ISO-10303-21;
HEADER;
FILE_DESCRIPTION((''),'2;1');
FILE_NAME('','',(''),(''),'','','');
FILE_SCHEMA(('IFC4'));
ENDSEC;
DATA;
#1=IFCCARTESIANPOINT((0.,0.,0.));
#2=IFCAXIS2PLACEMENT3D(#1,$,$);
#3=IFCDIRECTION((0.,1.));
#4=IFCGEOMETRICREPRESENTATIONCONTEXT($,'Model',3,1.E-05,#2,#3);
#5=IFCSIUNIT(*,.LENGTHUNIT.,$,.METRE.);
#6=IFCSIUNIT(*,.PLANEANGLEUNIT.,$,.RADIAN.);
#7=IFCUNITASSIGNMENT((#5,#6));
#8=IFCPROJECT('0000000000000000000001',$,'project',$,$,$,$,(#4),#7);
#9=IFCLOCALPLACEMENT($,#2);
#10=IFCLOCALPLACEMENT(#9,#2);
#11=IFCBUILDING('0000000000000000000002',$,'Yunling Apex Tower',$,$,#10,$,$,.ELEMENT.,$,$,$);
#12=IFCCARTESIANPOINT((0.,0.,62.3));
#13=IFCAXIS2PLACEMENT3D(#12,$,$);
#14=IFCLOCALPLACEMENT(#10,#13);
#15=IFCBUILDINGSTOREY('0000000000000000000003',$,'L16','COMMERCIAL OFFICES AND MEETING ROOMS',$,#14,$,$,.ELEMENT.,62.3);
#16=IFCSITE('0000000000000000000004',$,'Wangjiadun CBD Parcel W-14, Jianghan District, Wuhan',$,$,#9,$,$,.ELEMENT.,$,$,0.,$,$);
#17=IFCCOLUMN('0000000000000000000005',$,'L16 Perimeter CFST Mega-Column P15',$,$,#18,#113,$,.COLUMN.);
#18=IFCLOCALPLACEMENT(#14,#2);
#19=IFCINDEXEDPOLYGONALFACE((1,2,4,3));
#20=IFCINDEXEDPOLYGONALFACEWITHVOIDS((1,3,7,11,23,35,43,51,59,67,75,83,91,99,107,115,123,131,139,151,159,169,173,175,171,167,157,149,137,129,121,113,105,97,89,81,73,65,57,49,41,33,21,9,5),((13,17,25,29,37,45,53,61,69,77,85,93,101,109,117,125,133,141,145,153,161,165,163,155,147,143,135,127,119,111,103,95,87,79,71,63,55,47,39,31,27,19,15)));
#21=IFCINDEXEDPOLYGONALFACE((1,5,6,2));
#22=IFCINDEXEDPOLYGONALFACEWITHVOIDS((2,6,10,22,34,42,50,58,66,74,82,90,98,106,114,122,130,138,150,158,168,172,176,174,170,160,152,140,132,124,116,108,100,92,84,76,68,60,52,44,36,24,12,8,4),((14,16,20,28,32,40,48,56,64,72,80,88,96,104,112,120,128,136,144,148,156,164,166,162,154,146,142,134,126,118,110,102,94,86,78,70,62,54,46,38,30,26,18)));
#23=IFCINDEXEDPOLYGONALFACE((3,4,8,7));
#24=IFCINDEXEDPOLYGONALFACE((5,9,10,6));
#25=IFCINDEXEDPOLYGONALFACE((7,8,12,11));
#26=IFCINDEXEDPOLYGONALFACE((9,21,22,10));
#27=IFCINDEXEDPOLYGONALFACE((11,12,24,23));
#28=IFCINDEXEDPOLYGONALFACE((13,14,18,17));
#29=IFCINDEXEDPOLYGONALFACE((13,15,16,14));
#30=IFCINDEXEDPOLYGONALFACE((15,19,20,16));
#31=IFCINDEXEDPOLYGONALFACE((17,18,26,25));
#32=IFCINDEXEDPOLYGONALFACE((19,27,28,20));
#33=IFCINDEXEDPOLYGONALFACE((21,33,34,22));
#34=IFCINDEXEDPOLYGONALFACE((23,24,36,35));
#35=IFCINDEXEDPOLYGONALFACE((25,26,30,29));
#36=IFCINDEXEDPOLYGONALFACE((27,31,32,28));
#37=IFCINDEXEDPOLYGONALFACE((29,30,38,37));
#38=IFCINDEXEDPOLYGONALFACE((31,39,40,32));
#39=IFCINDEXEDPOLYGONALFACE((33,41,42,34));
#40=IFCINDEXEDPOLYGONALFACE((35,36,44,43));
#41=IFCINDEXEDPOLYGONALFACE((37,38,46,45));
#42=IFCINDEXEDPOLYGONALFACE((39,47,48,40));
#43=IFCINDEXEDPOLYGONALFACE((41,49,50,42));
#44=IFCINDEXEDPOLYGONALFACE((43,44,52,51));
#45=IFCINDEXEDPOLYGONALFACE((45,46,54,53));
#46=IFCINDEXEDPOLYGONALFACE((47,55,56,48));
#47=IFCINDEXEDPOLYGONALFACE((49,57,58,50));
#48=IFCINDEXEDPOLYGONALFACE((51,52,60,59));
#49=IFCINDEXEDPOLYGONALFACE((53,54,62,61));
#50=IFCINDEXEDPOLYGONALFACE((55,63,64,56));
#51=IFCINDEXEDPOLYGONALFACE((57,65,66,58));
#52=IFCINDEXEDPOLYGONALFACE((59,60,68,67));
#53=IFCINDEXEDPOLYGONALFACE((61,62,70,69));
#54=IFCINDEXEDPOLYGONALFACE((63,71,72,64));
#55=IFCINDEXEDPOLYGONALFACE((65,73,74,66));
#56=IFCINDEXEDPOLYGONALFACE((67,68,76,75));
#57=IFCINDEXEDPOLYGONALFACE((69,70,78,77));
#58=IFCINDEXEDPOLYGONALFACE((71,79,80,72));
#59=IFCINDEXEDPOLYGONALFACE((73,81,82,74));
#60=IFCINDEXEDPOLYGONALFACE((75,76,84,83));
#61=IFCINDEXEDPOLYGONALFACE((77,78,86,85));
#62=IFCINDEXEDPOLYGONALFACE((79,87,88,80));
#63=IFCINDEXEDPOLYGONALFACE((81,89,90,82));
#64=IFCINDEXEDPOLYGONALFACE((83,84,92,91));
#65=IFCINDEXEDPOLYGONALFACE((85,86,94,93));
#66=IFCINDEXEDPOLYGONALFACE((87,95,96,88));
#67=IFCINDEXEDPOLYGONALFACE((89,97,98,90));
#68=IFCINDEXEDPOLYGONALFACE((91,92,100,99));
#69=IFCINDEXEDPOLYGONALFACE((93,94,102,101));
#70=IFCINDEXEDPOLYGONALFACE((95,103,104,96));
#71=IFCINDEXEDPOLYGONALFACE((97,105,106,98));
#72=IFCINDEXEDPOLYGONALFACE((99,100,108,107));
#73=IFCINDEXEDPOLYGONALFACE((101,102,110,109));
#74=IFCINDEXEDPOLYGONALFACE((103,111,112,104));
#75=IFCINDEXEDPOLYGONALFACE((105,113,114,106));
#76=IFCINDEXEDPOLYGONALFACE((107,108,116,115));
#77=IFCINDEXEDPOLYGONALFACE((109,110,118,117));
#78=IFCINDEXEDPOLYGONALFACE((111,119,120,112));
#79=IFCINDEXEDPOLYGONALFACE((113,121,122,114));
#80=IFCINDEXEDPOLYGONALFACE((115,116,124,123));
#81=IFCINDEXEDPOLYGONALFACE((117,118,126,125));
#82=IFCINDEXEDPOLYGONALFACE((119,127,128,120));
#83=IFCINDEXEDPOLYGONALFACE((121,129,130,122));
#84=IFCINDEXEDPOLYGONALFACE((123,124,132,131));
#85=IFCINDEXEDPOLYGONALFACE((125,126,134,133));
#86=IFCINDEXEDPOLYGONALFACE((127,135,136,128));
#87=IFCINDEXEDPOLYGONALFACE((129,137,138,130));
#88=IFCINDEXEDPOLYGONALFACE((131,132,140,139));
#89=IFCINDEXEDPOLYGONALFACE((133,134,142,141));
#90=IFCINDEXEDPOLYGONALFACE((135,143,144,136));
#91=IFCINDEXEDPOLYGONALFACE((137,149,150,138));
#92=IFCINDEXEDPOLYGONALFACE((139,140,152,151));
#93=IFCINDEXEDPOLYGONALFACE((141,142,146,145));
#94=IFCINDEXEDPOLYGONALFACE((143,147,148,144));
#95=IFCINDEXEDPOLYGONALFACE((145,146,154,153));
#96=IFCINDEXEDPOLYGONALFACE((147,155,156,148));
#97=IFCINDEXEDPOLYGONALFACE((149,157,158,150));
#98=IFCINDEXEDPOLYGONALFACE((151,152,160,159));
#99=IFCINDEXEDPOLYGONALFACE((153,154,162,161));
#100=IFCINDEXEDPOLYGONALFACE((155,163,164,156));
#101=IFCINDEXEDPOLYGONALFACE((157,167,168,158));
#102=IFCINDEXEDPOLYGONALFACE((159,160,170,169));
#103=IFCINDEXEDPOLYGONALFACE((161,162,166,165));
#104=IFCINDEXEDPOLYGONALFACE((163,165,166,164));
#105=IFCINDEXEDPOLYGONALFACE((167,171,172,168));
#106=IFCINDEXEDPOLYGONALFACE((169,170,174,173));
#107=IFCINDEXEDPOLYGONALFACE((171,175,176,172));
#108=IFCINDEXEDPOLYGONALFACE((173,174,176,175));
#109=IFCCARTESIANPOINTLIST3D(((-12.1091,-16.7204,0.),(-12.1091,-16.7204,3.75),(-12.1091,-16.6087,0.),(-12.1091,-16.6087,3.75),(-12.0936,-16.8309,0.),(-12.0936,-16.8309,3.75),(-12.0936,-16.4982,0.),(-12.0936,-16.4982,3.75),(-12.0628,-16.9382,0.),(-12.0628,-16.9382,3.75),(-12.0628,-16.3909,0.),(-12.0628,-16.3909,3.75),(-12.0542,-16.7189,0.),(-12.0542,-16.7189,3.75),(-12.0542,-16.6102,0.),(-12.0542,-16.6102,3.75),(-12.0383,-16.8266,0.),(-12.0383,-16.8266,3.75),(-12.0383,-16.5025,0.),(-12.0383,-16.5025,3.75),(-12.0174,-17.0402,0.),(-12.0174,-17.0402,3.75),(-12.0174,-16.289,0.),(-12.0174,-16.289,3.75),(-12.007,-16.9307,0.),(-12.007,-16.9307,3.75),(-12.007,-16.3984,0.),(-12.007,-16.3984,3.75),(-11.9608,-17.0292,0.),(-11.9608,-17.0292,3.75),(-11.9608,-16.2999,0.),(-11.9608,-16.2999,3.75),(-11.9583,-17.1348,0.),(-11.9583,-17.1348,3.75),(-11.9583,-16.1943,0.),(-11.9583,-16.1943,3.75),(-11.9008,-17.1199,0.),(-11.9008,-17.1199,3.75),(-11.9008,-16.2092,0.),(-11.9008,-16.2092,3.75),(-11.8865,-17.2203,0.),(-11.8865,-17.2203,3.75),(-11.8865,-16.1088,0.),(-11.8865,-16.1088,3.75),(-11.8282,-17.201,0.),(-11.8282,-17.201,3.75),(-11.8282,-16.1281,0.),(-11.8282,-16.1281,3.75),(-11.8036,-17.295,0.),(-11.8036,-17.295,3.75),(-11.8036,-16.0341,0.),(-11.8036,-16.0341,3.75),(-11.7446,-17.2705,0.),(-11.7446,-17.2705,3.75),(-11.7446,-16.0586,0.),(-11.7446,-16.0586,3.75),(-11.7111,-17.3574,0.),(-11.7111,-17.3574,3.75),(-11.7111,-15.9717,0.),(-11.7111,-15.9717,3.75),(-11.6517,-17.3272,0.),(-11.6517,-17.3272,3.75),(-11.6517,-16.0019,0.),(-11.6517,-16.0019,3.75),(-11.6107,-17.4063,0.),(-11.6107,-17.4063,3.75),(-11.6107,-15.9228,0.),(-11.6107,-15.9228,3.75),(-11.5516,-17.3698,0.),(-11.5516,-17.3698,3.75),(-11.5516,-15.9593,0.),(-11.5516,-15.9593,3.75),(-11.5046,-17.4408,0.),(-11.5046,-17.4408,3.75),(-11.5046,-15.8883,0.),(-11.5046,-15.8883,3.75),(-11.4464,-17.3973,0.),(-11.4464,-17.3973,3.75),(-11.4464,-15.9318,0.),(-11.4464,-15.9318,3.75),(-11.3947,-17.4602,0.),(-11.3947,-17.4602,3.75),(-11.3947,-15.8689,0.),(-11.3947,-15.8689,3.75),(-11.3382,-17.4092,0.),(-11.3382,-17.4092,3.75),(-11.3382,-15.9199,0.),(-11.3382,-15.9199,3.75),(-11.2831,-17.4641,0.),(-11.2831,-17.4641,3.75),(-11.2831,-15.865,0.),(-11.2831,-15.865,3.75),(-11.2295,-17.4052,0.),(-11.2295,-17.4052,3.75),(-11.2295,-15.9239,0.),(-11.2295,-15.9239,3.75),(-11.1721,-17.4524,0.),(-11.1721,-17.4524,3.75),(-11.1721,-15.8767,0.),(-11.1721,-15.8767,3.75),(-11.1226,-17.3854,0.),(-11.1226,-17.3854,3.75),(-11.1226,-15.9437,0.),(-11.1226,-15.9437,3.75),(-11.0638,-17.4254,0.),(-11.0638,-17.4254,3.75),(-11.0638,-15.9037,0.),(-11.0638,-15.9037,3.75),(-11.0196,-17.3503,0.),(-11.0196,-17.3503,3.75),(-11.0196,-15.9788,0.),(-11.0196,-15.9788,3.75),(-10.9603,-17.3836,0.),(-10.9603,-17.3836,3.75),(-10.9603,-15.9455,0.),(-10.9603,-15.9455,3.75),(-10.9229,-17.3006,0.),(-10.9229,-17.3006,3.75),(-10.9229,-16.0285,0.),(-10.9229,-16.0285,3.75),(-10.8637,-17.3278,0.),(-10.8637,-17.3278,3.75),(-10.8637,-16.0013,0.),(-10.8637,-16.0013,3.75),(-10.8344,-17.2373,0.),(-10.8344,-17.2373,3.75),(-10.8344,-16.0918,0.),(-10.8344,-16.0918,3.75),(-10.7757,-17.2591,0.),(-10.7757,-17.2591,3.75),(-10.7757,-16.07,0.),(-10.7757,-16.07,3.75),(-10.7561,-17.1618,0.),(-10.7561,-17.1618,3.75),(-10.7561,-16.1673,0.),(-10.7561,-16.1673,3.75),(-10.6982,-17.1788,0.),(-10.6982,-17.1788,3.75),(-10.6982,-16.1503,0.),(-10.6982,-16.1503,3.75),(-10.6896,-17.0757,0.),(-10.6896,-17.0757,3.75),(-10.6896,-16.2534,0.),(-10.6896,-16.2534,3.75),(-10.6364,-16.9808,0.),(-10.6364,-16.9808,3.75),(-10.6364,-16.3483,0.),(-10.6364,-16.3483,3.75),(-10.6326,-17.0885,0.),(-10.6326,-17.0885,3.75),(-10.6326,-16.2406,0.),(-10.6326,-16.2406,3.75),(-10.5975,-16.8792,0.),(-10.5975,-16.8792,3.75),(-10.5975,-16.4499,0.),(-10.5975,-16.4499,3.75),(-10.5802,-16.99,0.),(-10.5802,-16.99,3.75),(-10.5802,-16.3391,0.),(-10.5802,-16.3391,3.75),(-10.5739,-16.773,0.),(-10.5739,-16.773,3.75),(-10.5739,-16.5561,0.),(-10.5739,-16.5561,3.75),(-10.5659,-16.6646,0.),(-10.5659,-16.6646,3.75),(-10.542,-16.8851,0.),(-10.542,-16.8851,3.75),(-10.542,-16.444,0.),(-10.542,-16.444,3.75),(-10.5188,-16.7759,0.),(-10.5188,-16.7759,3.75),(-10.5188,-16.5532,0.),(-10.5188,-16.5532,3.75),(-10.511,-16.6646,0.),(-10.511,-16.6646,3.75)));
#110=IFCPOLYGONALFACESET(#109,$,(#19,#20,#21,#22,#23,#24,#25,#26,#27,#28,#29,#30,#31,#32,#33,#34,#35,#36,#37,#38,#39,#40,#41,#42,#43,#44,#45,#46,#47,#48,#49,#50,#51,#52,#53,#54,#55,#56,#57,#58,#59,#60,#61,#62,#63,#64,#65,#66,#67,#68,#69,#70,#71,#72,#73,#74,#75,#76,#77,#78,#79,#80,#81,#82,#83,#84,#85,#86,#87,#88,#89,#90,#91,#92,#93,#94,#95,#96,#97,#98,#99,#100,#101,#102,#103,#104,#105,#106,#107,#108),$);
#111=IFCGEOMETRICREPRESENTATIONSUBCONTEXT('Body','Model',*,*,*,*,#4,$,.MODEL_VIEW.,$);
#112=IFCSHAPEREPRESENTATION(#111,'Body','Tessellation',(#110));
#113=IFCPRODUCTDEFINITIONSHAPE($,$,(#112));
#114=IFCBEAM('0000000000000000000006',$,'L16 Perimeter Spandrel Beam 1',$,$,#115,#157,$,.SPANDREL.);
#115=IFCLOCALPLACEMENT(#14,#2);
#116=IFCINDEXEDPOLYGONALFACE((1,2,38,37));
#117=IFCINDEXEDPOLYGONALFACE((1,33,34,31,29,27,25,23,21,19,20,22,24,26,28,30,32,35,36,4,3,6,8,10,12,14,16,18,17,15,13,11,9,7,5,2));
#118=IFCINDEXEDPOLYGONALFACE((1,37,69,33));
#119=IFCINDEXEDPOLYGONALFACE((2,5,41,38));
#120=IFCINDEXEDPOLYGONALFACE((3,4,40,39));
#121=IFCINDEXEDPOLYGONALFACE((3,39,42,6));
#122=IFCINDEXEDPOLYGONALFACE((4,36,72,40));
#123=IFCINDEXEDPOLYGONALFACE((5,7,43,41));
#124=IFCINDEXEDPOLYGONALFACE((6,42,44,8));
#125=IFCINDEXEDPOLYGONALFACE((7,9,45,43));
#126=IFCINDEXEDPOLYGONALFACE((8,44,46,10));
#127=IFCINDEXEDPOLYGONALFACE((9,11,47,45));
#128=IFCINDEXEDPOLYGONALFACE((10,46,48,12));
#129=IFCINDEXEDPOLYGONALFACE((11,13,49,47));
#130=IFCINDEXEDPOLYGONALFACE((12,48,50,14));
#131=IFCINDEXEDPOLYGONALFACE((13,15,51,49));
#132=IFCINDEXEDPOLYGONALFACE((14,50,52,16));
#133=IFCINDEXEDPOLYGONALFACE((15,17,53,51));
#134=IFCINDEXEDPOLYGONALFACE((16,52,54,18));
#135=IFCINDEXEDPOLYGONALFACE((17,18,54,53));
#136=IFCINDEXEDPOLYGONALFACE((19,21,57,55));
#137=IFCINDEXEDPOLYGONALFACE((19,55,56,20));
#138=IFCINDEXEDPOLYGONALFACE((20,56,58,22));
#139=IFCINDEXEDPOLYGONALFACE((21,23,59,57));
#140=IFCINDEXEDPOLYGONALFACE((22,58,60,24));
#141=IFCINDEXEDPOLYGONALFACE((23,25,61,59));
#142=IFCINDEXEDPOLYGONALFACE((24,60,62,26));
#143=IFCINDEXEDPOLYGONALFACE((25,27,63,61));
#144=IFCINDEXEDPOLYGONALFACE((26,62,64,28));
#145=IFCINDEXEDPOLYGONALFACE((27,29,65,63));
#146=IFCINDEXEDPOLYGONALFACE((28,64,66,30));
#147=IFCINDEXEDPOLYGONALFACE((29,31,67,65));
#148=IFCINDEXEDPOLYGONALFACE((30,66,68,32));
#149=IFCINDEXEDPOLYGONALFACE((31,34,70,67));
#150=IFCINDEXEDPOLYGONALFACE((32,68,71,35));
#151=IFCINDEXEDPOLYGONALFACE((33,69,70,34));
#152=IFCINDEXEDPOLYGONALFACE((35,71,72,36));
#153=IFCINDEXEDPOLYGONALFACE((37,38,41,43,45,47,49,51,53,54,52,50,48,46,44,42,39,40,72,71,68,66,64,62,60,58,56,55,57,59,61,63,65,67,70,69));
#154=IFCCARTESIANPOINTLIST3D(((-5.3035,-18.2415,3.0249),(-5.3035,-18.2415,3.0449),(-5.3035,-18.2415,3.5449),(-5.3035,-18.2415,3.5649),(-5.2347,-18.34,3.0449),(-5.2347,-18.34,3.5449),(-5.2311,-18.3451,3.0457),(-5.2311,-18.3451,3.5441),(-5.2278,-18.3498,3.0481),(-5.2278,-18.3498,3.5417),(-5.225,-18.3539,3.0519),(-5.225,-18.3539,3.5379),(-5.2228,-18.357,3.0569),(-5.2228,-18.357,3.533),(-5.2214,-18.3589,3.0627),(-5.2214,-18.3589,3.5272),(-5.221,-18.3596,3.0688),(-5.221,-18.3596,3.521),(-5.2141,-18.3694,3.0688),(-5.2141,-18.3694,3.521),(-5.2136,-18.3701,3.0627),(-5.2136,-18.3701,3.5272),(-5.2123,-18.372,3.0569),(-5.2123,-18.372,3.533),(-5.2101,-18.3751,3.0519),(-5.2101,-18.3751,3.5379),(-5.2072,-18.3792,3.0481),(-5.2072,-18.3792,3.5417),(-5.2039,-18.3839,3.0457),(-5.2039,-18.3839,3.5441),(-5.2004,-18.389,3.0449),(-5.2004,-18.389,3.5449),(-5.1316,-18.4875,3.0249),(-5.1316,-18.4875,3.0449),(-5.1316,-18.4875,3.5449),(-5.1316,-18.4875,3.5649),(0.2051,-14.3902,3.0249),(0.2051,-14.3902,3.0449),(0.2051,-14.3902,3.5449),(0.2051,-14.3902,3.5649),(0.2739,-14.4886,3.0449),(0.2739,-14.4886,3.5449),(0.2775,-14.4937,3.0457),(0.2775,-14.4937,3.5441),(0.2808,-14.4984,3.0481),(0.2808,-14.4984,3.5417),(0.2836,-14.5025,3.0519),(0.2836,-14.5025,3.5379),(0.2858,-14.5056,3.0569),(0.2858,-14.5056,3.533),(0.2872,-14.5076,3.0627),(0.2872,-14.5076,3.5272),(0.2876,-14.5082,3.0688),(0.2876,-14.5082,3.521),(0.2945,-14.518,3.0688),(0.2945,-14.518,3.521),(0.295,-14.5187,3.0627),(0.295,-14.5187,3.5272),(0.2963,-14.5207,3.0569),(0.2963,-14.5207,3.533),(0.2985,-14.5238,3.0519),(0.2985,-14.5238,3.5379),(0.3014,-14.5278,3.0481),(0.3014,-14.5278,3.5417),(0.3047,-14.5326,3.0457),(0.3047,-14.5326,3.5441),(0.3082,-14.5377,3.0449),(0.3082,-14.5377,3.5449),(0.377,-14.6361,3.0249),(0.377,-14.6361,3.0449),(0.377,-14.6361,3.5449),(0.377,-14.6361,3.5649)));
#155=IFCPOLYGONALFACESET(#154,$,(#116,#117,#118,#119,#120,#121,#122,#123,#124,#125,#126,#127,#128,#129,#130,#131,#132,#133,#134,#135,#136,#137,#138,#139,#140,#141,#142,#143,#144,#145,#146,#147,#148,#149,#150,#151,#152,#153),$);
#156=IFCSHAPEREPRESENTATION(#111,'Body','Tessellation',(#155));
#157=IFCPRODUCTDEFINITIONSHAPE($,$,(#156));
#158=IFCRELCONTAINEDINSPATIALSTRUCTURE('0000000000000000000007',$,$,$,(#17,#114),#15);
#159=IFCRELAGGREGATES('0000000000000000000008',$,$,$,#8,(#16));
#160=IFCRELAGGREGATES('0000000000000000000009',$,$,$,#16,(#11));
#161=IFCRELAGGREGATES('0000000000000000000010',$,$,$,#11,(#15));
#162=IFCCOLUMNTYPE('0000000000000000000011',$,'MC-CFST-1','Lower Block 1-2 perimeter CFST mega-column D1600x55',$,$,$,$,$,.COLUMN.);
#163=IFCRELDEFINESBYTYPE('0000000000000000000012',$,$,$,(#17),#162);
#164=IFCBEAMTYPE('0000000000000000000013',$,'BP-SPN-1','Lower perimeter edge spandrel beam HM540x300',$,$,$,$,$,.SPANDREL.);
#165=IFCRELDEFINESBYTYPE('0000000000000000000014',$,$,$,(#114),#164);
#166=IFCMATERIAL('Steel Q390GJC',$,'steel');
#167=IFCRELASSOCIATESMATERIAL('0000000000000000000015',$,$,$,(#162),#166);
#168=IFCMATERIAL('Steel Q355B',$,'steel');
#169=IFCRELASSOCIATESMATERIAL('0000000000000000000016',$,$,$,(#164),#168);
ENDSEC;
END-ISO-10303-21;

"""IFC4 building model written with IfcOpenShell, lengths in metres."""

from ifc_helpers import new_model, si_unit, direction, frame, origin, origin_2d, place, context, subcontext, project, spatial, hollow_circle, i_section, extrude, source, transform, mapped, material, material_profile, profile_set, type_object, element, save


model = new_model("IFC4")

# Units and contexts
model_context = context("Model", 3, precision=1e-05, world=origin(), true_north=direction((0.0, 1.0)))
body_context = subcontext(model_context, "Body", "Model", "MODEL_VIEW")
ifc_project = project(units=[si_unit("LENGTHUNIT", "METRE"), si_unit("PLANEANGLEUNIT", "RADIAN")], contexts=[model_context])

# Site, building, storey
site_placement = place(None, origin())
site = spatial("IfcSite", under=ifc_project, at=site_placement, Name="Wangjiadun CBD Parcel W-14, Jianghan District, Wuhan", CompositionType="ELEMENT", RefElevation=0.0)
building_placement = place(site_placement, origin())
building = spatial("IfcBuilding", under=site, at=building_placement, Name="Yunling Apex Tower", CompositionType="ELEMENT")
storey_placement = place(building_placement, frame((0.0, 0.0, 62.3)))
storey = spatial("IfcBuildingStorey", under=building, at=storey_placement, Name="L16", Description="COMMERCIAL OFFICES AND MEETING ROOMS", CompositionType="ELEMENT", Elevation=62.3)

# Column
ifc_material_1 = material(Name="Steel Q390GJC", Category="steel")
ifc_material_profile_1 = material_profile(ifc_material_1, hollow_circle(Radius=0.8, WallThickness=0.0549, at=origin_2d()))
ifc_profile_set_1 = profile_set([ifc_material_profile_1], Name="Steel Q390GJC")
column_type = type_object("IfcColumnType", Name="MC-CFST-1", Description="Lower Block 1-2 perimeter CFST mega-column D1600x55", PredefinedType="COLUMN", material=ifc_profile_set_1)
shared_shape_1 = source(origin(), body_context, "Body", "SweptSolid", [
    extrude(hollow_circle(Radius=0.8, WallThickness=0.0549, at=origin_2d()), origin(), (0.0, 0.0, 1.0), 3.75),
])
for number, where, z_axis, x_axis, name in (
    (1, (-11.311, -16.6646, 0.0), (0.0, 0.0, 1.0), (1.0, 0.0, 0.0), "L16 Perimeter CFST Mega-Column P15"),
):
    element("IfcColumn", number, at=place(storey_placement, frame(where, z_axis=z_axis, x_axis=x_axis)), inside=storey, type_object=column_type, Name=name, PredefinedType="COLUMN", context=body_context, shape_type="MappedRepresentation", body=[
        mapped(shared_shape_1, transform((0.0, 0.0, 0.0), scale=1.0)),
    ])

# Beam
ifc_material_2 = material(Name="Steel Q355B", Category="steel")
ifc_material_profile_2 = material_profile(ifc_material_2, i_section(OverallWidth=0.3, OverallDepth=0.54, WebThickness=0.012, FlangeThickness=0.02, FilletRadius=0.0239, at=origin_2d()))
ifc_profile_set_2 = profile_set([ifc_material_profile_2], Name="Steel Q355B")
beam_type_1 = type_object("IfcBeamType", Name="BP-SPN-1", Description="Lower perimeter edge spandrel beam HM540x300", PredefinedType="SPANDREL", material=ifc_profile_set_2)
shared_shape_2 = source(origin(), body_context, "Body", "SweptSolid", [
    extrude(i_section(OverallWidth=0.3, OverallDepth=0.54, WebThickness=0.012, FlangeThickness=0.02, FilletRadius=0.0239, at=origin_2d()), origin(), (0.0, 0.0, 1.0), 6.7214),
])
beam_1_placement = place(storey_placement, frame((-5.2175, -18.3645, 3.2949), z_axis=(0.819558, 0.572997, 0.0), x_axis=(-0.572997, 0.819558, 0.0)))
element("IfcBeam", 2, at=beam_1_placement, inside=storey, type_object=beam_type_1, Name="L16 Perimeter Spandrel Beam 1", PredefinedType="SPANDREL", context=body_context, shape_type="MappedRepresentation", body=[
    mapped(shared_shape_2, transform((0.0, 0.0, 0.0), scale=1.0)),
])

save(model, "model.ifc")
